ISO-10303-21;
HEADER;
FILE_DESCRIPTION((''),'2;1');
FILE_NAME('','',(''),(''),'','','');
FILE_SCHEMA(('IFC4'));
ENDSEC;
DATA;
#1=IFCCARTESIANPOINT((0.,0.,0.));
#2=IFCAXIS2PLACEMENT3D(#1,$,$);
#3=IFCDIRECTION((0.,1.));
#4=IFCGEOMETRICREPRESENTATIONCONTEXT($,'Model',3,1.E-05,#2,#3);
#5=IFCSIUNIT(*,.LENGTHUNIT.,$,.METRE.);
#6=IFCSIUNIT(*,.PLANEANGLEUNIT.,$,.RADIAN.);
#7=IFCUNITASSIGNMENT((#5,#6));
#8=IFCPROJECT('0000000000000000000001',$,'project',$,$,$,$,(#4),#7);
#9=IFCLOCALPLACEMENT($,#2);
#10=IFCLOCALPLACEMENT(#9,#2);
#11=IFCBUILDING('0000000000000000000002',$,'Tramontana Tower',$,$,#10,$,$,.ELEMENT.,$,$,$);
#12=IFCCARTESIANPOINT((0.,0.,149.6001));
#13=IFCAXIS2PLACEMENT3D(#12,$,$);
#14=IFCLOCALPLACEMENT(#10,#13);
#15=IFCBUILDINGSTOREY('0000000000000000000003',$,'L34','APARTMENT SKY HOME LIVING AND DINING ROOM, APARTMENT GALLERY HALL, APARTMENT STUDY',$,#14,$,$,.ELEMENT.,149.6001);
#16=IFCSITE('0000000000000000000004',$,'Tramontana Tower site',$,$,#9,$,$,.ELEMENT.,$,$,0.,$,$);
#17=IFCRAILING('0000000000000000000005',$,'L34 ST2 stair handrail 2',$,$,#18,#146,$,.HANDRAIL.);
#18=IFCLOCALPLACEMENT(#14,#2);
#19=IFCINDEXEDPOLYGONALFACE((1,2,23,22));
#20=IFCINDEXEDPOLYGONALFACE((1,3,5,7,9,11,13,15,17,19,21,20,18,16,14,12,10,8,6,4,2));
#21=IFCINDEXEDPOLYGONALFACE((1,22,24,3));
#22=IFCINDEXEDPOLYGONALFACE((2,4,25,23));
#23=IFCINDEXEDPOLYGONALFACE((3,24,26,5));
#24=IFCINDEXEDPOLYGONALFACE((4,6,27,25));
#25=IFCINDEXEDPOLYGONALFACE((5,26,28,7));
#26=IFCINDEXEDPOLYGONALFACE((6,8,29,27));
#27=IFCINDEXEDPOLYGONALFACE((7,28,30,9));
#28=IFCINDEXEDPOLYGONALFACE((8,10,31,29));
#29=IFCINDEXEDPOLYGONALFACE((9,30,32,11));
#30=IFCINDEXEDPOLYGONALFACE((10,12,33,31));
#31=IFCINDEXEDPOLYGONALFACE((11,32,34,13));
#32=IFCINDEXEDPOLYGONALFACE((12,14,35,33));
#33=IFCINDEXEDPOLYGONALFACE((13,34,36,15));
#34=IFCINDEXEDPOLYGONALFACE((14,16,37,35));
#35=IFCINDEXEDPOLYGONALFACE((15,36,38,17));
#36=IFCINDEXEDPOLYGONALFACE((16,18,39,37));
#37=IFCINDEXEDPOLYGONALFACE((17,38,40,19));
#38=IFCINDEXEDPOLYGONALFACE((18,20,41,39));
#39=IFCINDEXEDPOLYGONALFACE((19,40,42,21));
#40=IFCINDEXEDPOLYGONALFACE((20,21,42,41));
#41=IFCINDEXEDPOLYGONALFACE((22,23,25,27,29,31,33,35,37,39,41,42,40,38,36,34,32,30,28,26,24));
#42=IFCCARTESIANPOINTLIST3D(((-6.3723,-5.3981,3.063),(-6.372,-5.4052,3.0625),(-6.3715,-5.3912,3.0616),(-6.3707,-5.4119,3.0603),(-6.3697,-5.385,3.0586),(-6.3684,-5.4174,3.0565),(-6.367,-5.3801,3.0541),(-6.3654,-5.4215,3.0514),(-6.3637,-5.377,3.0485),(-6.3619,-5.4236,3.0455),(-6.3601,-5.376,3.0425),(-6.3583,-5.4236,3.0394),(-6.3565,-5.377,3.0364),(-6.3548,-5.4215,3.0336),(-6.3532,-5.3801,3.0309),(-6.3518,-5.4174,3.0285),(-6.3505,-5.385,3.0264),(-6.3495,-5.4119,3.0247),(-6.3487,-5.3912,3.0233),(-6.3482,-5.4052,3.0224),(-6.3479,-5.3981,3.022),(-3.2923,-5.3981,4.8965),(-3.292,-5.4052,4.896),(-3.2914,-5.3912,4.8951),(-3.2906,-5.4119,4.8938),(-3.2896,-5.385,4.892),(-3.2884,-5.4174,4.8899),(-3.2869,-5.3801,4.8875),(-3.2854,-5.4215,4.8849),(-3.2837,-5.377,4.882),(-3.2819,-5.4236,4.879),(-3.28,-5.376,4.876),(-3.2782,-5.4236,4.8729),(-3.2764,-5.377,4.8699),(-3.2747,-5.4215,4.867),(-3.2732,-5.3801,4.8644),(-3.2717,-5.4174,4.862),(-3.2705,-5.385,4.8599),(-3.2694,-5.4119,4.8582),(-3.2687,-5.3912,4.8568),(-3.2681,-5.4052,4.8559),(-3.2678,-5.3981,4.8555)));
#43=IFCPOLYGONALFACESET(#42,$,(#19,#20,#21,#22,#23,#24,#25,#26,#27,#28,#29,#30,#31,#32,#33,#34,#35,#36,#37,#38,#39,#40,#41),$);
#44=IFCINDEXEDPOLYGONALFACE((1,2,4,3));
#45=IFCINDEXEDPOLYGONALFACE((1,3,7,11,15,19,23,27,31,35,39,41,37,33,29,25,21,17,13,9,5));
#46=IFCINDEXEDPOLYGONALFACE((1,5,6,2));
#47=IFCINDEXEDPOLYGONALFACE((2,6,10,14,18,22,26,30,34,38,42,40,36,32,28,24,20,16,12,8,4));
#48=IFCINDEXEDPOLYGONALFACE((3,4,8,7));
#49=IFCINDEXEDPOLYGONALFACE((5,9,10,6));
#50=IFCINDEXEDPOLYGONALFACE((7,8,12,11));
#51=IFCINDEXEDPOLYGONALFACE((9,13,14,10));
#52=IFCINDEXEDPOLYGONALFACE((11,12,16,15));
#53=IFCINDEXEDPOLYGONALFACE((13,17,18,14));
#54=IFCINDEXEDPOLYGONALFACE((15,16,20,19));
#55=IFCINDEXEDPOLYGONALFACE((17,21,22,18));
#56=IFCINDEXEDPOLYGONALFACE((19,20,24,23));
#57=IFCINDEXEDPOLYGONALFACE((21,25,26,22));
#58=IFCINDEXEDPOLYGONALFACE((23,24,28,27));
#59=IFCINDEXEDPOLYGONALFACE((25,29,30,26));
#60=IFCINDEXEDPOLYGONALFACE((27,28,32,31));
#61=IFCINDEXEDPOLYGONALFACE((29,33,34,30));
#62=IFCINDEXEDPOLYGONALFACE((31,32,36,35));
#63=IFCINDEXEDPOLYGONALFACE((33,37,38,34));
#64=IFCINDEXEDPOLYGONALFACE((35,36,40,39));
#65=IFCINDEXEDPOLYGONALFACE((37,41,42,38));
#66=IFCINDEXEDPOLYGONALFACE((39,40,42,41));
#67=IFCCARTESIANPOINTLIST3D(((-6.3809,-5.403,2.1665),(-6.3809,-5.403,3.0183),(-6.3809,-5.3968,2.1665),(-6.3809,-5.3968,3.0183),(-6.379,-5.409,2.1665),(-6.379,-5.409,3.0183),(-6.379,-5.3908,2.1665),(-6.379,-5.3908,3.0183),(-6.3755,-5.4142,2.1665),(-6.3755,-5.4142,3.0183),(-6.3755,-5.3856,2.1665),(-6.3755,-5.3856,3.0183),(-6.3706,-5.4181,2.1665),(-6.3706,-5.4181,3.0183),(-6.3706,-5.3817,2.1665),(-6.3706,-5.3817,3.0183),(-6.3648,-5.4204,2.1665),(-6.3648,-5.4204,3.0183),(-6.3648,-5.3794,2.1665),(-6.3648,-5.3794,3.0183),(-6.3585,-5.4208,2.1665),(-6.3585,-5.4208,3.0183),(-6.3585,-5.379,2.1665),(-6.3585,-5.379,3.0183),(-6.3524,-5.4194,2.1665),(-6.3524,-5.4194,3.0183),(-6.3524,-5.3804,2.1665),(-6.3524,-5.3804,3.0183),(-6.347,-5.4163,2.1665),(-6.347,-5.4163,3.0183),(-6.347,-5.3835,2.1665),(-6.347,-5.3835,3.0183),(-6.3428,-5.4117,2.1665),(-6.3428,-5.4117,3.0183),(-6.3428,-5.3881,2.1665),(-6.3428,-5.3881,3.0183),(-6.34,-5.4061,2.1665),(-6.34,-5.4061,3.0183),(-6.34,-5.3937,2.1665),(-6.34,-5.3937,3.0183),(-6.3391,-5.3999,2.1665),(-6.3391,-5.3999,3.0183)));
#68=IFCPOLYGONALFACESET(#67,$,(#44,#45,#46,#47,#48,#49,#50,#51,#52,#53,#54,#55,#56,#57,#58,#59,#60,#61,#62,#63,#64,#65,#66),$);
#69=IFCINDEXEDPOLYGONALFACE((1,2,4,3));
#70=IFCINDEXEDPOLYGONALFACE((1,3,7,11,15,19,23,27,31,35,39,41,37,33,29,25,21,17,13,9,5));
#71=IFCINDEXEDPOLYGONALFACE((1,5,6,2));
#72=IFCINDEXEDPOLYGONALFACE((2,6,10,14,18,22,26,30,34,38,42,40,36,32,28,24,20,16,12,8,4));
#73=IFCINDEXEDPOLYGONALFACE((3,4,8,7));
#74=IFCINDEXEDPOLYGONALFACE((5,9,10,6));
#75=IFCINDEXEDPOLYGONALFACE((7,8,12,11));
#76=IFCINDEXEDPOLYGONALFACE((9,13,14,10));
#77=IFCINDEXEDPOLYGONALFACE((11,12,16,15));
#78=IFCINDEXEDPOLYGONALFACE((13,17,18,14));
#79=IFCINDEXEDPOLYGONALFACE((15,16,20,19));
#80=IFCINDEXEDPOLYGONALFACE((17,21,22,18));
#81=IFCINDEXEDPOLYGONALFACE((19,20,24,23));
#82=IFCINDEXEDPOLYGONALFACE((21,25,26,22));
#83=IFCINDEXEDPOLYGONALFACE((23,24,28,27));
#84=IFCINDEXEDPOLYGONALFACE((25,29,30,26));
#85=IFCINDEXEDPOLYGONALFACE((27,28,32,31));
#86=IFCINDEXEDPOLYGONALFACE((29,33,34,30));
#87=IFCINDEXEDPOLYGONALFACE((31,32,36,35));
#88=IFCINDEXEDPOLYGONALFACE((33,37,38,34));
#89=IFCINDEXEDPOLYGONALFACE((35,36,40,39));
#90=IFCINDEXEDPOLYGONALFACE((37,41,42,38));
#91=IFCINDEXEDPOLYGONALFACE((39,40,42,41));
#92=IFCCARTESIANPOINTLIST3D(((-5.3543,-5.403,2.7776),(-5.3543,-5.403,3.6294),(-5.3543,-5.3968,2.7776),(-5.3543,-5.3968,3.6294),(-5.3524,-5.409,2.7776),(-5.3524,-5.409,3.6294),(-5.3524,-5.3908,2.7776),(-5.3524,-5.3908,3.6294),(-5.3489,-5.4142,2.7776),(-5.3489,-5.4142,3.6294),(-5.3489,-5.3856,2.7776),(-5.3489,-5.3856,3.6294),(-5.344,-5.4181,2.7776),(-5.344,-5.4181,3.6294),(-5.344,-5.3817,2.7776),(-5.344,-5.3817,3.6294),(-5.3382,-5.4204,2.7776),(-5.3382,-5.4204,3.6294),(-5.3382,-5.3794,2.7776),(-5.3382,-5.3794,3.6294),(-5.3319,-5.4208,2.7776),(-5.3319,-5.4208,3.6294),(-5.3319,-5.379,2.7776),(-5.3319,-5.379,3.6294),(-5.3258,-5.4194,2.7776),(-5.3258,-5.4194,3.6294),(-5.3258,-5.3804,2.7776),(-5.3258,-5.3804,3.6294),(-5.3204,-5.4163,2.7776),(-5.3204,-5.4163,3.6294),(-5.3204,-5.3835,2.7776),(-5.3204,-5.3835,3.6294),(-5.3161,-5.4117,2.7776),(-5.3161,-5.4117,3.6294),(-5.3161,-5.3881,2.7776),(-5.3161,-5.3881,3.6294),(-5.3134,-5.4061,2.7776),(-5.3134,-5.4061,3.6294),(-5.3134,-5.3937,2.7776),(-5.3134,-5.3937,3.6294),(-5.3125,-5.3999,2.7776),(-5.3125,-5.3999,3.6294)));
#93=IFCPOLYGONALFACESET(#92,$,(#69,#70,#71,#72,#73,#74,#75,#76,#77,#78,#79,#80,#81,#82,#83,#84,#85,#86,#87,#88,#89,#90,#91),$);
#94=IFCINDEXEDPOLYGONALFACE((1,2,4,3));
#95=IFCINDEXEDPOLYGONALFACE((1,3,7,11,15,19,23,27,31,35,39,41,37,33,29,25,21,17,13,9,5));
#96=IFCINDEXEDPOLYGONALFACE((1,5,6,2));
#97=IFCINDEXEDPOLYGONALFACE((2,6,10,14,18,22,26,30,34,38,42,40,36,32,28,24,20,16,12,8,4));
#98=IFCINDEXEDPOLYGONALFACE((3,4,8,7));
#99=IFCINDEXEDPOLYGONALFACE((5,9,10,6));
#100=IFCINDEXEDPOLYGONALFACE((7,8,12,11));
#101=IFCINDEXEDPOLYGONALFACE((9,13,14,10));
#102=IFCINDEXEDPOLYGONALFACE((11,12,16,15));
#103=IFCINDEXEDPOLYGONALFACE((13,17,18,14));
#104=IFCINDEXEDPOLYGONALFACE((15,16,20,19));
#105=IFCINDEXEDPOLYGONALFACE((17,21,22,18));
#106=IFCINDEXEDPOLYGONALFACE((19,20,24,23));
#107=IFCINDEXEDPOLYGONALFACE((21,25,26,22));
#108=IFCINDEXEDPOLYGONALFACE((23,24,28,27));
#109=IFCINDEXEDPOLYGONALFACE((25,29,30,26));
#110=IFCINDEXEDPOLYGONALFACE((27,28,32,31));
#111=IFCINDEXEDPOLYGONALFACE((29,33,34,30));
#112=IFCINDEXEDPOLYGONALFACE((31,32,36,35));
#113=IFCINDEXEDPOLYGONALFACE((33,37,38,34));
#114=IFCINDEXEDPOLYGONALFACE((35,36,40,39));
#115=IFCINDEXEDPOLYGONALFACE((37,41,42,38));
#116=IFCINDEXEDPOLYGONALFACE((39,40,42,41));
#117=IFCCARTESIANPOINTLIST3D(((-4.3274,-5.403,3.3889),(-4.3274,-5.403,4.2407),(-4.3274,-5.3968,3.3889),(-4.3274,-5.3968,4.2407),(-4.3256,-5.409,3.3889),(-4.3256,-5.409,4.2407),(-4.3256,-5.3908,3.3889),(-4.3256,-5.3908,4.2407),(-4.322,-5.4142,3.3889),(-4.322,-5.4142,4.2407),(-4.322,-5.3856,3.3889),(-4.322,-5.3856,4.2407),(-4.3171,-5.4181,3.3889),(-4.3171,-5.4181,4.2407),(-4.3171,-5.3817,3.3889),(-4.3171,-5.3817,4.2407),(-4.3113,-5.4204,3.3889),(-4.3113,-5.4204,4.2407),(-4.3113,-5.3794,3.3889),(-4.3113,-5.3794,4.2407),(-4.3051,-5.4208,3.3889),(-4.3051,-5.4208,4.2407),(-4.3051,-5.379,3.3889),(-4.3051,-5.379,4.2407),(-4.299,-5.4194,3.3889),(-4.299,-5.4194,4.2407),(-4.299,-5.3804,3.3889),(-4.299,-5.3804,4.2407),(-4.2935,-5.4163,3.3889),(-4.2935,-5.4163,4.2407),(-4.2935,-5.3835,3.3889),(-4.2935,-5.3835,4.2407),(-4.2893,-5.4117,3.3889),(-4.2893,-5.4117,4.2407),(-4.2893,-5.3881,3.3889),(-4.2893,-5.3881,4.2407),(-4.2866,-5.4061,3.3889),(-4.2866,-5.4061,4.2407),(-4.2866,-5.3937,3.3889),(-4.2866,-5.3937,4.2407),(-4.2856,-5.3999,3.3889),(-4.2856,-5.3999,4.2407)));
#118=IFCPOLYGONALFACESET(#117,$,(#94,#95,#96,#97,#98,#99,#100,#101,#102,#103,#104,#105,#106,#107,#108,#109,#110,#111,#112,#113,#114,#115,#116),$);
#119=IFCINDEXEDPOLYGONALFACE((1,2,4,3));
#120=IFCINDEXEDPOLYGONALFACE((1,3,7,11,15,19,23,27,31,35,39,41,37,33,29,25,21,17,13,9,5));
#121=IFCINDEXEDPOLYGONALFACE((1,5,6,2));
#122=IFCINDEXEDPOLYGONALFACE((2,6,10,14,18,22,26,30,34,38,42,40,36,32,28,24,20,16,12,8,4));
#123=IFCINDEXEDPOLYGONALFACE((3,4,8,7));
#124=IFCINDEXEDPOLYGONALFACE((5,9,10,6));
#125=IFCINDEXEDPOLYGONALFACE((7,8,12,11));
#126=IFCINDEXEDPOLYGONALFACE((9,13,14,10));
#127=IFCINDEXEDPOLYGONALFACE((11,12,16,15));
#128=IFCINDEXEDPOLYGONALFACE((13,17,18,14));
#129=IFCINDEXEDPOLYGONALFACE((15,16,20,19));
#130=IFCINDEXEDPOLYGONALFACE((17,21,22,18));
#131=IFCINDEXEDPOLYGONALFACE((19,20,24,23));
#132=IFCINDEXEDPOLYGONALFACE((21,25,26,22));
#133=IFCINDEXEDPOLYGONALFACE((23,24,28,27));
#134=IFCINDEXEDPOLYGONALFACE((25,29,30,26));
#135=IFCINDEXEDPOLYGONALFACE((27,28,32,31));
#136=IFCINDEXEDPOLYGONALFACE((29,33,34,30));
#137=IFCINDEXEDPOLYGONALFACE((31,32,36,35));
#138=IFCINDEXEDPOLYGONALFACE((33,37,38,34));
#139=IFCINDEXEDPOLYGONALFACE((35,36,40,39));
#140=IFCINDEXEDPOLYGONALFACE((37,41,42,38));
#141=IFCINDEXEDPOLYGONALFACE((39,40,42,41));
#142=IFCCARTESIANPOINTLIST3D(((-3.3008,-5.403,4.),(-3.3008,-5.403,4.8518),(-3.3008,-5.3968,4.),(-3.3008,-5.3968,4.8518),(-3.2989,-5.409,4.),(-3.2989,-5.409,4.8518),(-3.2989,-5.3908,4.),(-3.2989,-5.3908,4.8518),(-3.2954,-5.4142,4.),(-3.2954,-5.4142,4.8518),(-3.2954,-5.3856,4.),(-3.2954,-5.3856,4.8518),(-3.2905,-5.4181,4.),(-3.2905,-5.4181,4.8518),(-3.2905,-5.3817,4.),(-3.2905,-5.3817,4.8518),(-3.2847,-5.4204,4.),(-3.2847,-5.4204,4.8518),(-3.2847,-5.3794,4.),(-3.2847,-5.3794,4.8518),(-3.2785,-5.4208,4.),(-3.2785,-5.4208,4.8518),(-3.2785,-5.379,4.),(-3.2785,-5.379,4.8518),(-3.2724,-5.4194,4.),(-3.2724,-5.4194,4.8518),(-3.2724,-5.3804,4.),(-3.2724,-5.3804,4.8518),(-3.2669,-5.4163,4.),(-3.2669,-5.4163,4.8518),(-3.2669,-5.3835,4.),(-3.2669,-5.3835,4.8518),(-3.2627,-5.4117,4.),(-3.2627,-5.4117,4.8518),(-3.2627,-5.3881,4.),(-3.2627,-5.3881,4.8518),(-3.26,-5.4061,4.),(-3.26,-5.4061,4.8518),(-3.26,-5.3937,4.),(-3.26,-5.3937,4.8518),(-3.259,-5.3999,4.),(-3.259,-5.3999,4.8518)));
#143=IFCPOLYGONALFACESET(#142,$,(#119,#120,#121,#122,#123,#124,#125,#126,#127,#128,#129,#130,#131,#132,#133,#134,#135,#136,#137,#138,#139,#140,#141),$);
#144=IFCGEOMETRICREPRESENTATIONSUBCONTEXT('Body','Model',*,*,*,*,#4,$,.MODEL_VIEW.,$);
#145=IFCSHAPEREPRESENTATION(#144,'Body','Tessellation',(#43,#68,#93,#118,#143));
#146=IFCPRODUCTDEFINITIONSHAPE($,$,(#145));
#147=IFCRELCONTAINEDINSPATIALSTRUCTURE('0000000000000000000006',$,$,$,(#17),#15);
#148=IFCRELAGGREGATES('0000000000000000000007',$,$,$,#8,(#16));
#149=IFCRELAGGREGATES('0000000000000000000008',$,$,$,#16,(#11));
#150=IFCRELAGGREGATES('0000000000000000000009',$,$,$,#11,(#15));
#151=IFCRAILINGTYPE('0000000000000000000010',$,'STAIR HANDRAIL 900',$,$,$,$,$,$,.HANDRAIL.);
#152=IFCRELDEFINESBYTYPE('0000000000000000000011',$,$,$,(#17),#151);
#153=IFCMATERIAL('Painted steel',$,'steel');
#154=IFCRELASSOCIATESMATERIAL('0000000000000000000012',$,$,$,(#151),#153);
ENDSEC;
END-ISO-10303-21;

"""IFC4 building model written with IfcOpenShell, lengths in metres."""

from ifc_helpers import new_model, si_unit, direction, frame, origin, origin_2d, place, context, subcontext, project, spatial, circle, extrude, material, type_object, element, save


model = new_model("IFC4")

# Units and contexts
model_context = context("Model", 3, precision=1e-05, world=origin(), true_north=direction((0.0, 1.0)))
body_context = subcontext(model_context, "Body", "Model", "MODEL_VIEW")
ifc_project = project(units=[si_unit("LENGTHUNIT", "METRE"), si_unit("PLANEANGLEUNIT", "RADIAN")], contexts=[model_context])

# Site, building, storey
site_placement = place(None, origin())
site = spatial("IfcSite", under=ifc_project, at=site_placement, Name="Tramontana Tower site", CompositionType="ELEMENT", RefElevation=0.0)
building_placement = place(site_placement, origin())
building = spatial("IfcBuilding", under=site, at=building_placement, Name="Tramontana Tower", CompositionType="ELEMENT")
storey_placement = place(building_placement, frame((0.0, 0.0, 149.6001)))
storey = spatial("IfcBuildingStorey", under=building, at=storey_placement, Name="L34", Description="APARTMENT SKY HOME LIVING AND DINING ROOM, APARTMENT GALLERY HALL, APARTMENT STUDY", CompositionType="ELEMENT", Elevation=149.6001)

# Railing
ifc_material_1 = material(Name="Painted steel", Category="steel")
railing_type_1 = type_object("IfcRailingType", Name="STAIR HANDRAIL 900", PredefinedType="HANDRAIL", material=ifc_material_1)
railing_1_placement = place(storey_placement, frame((-6.3601, -5.3999, 2.1665)))
element("IfcRailing", 1, at=railing_1_placement, inside=storey, type_object=railing_type_1, Name="L34 ST2 stair handrail 2", PredefinedType="HANDRAIL", context=body_context, shape_type="SweptSolid", body=[
    extrude(circle(Radius=0.0239, at=origin_2d()), frame((0.0, 0.0, 0.876), z_axis=(0.859279, 0.0, 0.511508), x_axis=(0.0, 1.0, 0.0)), (0.0, 0.0, 1.0), 3.5845),
    extrude(circle(Radius=0.021, at=origin_2d()), origin(), (0.0, 0.0, 1.0), 0.8518),
    extrude(circle(Radius=0.021, at=origin_2d()), frame((1.0266, 0.0, 0.6111)), (0.0, 0.0, 1.0), 0.8518),
    extrude(circle(Radius=0.021, at=origin_2d()), frame((2.0535, 0.0, 1.2224)), (0.0, 0.0, 1.0), 0.8518),
    extrude(circle(Radius=0.021, at=origin_2d()), frame((3.0801, 0.0, 1.8335)), (0.0, 0.0, 1.0), 0.8518),
])

save(model, "model.ifc")
